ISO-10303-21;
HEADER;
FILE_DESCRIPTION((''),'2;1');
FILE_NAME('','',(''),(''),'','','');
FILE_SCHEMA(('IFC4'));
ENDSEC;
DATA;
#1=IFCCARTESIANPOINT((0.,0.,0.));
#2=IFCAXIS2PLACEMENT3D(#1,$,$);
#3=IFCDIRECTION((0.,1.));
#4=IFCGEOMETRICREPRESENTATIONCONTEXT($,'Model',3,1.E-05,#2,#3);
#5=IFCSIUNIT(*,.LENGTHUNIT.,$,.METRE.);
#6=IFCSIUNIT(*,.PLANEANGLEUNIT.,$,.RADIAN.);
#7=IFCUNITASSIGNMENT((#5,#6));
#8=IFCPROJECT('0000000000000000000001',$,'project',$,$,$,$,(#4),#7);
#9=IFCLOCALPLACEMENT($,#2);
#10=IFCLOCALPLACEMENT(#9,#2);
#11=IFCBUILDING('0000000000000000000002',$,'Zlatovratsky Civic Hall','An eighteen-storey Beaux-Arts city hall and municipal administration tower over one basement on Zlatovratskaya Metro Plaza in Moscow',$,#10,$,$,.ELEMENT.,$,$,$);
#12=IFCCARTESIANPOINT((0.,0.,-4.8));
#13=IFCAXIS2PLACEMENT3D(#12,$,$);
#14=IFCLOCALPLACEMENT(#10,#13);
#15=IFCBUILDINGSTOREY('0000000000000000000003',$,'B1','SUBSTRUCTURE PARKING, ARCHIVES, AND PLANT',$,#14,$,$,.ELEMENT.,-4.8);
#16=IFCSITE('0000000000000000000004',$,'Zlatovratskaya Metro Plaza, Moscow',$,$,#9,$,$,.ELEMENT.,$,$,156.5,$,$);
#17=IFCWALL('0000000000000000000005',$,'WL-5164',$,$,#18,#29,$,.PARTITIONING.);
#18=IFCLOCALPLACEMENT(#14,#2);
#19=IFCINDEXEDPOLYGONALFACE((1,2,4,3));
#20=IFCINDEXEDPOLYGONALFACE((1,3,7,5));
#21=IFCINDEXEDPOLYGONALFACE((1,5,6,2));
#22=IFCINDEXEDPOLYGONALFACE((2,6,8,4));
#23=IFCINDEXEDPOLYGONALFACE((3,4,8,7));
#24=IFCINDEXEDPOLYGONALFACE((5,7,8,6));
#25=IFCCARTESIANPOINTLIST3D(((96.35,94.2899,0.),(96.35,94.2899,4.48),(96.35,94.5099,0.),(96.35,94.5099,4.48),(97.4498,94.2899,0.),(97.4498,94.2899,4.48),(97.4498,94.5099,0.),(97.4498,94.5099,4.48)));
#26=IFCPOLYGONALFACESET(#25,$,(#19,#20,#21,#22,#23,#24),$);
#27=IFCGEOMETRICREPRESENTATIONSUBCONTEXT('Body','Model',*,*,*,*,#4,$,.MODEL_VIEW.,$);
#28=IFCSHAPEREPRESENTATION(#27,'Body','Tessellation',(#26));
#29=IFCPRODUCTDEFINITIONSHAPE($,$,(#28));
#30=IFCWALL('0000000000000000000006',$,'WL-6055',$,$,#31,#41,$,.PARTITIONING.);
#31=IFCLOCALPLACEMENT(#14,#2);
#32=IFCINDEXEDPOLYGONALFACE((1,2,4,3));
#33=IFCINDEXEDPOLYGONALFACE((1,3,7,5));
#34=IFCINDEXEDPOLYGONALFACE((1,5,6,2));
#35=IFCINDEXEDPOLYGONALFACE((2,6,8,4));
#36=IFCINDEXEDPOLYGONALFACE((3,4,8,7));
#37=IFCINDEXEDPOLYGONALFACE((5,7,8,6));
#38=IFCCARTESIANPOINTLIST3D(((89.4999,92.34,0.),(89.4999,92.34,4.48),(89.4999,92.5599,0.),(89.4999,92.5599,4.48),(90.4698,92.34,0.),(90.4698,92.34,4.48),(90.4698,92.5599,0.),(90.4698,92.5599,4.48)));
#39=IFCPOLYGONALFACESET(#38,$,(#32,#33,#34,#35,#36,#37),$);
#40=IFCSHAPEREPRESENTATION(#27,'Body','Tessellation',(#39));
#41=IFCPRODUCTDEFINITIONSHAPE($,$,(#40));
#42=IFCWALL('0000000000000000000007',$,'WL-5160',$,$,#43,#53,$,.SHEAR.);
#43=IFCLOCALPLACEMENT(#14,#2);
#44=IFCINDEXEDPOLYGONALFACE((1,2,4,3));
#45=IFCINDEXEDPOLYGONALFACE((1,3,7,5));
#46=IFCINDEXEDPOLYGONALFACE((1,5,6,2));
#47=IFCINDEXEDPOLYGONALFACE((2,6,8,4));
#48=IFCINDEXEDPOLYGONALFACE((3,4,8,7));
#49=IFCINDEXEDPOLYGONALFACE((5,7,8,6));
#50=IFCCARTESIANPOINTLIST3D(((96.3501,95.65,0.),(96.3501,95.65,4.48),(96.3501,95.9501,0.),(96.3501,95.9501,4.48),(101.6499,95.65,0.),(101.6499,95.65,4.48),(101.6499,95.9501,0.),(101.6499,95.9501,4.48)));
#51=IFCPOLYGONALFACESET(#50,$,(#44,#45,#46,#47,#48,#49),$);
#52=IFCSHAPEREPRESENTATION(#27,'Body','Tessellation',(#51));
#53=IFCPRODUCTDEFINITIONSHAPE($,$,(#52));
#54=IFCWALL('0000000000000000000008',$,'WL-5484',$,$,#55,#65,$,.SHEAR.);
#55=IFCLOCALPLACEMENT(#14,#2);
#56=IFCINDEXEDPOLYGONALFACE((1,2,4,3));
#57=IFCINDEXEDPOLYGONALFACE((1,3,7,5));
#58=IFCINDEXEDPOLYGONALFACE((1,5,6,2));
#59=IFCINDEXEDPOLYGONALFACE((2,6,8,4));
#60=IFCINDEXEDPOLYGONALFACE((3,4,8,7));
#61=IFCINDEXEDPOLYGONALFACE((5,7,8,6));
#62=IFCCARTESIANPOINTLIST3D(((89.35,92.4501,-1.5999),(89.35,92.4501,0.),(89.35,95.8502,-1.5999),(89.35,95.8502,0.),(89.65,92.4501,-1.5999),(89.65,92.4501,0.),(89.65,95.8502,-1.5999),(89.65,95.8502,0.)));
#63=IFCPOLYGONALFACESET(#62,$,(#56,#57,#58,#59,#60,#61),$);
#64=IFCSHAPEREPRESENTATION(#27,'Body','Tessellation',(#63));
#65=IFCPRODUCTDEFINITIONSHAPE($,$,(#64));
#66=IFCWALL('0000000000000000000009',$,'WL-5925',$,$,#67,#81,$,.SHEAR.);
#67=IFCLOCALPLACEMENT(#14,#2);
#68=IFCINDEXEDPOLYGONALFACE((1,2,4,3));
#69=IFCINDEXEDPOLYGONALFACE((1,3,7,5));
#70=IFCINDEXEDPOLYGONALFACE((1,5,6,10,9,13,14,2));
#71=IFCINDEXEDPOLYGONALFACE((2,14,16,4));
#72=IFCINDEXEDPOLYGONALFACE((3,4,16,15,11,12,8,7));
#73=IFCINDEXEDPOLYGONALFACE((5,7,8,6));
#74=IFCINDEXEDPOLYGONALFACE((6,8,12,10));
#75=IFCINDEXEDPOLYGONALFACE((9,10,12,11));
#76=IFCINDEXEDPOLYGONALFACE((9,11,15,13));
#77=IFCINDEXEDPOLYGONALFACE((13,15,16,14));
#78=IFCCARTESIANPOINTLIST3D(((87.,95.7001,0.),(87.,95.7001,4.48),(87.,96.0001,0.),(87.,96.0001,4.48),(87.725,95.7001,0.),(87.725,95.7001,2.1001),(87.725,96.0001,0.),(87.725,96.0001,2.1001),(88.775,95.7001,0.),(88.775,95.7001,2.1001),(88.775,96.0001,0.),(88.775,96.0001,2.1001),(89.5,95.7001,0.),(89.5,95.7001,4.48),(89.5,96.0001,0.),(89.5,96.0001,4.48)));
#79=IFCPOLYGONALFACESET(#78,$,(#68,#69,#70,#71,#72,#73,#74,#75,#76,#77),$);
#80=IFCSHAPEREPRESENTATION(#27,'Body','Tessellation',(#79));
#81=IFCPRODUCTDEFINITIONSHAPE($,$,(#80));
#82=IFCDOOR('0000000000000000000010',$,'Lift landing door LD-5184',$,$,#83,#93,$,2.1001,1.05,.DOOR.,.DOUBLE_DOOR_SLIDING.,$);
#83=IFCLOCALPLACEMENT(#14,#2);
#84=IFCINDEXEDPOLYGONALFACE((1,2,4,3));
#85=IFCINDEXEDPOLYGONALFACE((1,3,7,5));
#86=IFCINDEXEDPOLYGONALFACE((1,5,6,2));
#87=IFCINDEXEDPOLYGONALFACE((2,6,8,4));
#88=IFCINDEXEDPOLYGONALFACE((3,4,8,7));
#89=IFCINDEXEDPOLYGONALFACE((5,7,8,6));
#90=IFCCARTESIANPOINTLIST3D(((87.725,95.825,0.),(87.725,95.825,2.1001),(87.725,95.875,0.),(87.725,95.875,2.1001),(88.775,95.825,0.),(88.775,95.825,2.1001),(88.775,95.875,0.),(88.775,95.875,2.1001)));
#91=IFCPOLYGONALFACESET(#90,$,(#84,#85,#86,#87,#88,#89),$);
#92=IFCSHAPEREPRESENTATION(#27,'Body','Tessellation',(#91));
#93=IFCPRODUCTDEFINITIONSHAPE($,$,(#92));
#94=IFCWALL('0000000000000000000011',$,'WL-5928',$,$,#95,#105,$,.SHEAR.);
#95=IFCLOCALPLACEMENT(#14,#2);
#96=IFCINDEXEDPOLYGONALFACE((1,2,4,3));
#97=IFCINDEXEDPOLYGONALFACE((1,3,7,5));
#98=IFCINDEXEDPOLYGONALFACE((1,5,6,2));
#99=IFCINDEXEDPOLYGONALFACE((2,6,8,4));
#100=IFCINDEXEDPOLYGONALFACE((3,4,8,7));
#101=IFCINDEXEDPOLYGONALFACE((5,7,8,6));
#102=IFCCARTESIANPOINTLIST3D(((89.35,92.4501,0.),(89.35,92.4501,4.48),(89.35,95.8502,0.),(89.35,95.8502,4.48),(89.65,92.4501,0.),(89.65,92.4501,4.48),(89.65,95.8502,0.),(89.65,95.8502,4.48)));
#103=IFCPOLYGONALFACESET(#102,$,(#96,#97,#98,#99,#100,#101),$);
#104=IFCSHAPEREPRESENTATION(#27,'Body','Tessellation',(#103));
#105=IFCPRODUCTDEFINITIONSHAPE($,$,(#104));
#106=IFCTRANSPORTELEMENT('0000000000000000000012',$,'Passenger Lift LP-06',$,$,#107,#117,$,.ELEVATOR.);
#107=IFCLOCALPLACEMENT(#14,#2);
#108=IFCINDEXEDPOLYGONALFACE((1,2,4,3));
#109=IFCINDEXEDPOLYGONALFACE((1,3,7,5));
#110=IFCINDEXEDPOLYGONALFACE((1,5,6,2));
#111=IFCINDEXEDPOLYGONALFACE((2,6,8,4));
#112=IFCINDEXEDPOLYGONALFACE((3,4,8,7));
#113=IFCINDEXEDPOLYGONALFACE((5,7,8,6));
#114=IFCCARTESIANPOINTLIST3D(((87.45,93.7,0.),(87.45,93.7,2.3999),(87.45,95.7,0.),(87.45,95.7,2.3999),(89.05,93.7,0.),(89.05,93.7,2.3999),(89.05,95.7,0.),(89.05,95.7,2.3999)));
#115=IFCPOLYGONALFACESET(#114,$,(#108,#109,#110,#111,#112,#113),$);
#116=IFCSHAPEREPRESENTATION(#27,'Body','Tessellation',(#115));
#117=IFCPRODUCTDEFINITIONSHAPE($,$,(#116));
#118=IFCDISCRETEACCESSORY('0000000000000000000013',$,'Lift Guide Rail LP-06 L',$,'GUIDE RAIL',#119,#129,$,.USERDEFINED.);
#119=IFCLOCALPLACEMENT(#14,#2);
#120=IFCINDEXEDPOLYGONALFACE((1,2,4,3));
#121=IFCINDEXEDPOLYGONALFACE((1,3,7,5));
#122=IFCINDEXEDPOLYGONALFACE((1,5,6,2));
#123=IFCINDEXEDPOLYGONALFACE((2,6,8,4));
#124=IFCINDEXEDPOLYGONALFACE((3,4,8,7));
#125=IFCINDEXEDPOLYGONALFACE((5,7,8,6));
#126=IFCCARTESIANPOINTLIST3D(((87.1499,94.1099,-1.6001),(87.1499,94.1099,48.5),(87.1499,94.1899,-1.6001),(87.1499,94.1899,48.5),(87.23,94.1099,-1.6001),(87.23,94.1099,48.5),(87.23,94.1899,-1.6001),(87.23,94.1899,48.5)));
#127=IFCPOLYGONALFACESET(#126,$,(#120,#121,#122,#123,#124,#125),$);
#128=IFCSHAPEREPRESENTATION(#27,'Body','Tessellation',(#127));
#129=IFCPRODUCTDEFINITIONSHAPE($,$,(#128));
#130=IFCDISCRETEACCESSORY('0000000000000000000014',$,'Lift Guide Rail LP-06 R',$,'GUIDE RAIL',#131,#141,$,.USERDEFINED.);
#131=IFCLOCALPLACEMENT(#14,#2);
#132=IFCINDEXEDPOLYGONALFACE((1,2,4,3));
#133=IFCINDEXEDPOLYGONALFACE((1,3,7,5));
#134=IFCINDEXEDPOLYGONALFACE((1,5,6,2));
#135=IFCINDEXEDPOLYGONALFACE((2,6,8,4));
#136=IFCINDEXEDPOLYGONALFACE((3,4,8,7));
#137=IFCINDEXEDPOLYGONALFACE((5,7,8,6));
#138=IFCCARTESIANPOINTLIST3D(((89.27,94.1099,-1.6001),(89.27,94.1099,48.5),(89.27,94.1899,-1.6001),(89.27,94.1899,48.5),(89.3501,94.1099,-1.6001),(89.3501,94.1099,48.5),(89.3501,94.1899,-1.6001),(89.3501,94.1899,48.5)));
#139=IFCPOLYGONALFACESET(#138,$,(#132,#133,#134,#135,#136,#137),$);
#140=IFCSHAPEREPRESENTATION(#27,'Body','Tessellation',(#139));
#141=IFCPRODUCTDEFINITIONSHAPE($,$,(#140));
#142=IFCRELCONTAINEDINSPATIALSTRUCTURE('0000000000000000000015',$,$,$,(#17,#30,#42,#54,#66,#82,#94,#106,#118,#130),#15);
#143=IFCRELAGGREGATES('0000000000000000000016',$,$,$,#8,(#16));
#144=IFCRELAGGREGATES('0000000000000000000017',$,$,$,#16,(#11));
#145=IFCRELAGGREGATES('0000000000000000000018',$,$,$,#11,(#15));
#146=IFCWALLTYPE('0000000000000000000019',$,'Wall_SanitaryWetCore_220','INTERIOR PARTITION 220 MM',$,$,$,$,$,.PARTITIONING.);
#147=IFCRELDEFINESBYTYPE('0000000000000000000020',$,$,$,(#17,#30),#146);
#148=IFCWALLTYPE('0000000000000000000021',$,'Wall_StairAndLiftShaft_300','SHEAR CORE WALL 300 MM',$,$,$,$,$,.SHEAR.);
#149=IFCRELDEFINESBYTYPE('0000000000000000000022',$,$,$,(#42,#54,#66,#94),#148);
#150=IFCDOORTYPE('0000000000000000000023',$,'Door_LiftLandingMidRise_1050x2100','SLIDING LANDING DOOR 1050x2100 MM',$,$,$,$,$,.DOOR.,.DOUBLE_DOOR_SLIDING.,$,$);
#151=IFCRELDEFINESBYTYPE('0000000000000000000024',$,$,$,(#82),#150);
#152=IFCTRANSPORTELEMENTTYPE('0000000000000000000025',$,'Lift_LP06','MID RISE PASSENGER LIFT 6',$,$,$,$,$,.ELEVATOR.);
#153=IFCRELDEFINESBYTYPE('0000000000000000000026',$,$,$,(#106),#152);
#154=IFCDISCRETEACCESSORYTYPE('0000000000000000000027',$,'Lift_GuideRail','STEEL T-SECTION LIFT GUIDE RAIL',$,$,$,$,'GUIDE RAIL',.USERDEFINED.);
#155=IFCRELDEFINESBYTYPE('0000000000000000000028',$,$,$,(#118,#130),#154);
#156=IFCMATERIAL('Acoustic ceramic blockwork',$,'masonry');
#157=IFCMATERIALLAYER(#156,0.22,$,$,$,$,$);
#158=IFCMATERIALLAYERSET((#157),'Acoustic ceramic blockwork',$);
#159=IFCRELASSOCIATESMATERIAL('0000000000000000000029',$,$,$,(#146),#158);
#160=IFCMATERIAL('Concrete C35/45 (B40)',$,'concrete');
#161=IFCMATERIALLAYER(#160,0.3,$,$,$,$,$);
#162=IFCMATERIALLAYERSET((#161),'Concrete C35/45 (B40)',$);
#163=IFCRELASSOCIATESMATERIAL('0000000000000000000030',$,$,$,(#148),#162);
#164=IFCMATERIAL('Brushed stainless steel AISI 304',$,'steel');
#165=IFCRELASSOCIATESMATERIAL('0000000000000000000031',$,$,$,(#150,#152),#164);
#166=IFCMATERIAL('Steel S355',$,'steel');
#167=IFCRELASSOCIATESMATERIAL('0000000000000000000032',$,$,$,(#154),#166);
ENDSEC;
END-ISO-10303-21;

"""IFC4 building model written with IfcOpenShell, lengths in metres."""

from ifc_helpers import new_model, si_unit, direction, frame, frame_2d, origin, origin_2d, place, context, subcontext, project, spatial, rectangle, extrude, material, layer, layer_set, type_object, element, fill, save


model = new_model("IFC4")

# Units and contexts
model_context = context("Model", 3, precision=1e-05, world=origin(), true_north=direction((0.0, 1.0)))
body_context = subcontext(model_context, "Body", "Model", "MODEL_VIEW")
ifc_project = project(units=[si_unit("LENGTHUNIT", "METRE"), si_unit("PLANEANGLEUNIT", "RADIAN")], contexts=[model_context])

# Site, building, storey
site_placement = place(None, origin())
site = spatial("IfcSite", under=ifc_project, at=site_placement, Name="Zlatovratskaya Metro Plaza, Moscow", CompositionType="ELEMENT", RefElevation=156.5)
building_placement = place(site_placement, origin())
building = spatial("IfcBuilding", under=site, at=building_placement, Name="Zlatovratsky Civic Hall", Description="An eighteen-storey Beaux-Arts city hall and municipal administration tower over one basement on Zlatovratskaya Metro Plaza in Moscow", CompositionType="ELEMENT")
storey_placement = place(building_placement, frame((0.0, 0.0, -4.8)))
storey = spatial("IfcBuildingStorey", under=building, at=storey_placement, Name="B1", Description="SUBSTRUCTURE PARKING, ARCHIVES, AND PLANT", CompositionType="ELEMENT", Elevation=-4.8)

# Shared definitions
ifc_material_1 = material(Name="Concrete C35/45 (B40)", Category="concrete")
ifc_material_2 = material(Name="Steel S355", Category="steel")

# Walls
ifc_material_3 = material(Name="Acoustic ceramic blockwork", Category="masonry")
ifc_layer_1 = layer(ifc_material_3, 0.22)
ifc_layer_set_1 = layer_set([ifc_layer_1], Name="Acoustic ceramic blockwork")
wall_type_1 = type_object("IfcWallType", Name="Wall_SanitaryWetCore_220", Description="INTERIOR PARTITION 220 MM", PredefinedType="PARTITIONING", material=ifc_layer_set_1)
wall_1_placement = place(storey_placement, frame((96.3501, 94.3999, 0.0), z_axis=(0.0, 0.0, 1.0), x_axis=(1.0, 0.0, 0.0)))
element("IfcWall", 1, at=wall_1_placement, inside=storey, type_object=wall_type_1, Name="WL-5164", PredefinedType="PARTITIONING", context=body_context, shape_type="SweptSolid", body=[
    extrude(rectangle(XDim=1.0999, YDim=0.22, at=frame_2d((0.5498, 0.0))), origin(), (0.0, 0.0, 1.0), 4.48),
])
wall_2_placement = place(storey_placement, frame((89.5, 92.45, 0.0), z_axis=(0.0, 0.0, 1.0), x_axis=(1.0, 0.0, 0.0)))
element("IfcWall", 2, at=wall_2_placement, inside=storey, type_object=wall_type_1, Name="WL-6055", PredefinedType="PARTITIONING", context=body_context, shape_type="SweptSolid", body=[
    extrude(rectangle(XDim=0.97, YDim=0.22, at=frame_2d((0.4849, 0.0))), origin(), (0.0, 0.0, 1.0), 4.48),
])
ifc_layer_2 = layer(ifc_material_1, 0.3)
ifc_layer_set_2 = layer_set([ifc_layer_2], Name="Concrete C35/45 (B40)")
wall_type_2 = type_object("IfcWallType", Name="Wall_StairAndLiftShaft_300", Description="SHEAR CORE WALL 300 MM", PredefinedType="SHEAR", material=ifc_layer_set_2)
wall_3_placement = place(storey_placement, frame((96.3501, 95.8, 0.0), z_axis=(0.0, 0.0, 1.0), x_axis=(1.0, 0.0, 0.0)))
element("IfcWall", 3, at=wall_3_placement, inside=storey, type_object=wall_type_2, Name="WL-5160", PredefinedType="SHEAR", context=body_context, shape_type="SweptSolid", body=[
    extrude(rectangle(XDim=5.2998, YDim=0.3, at=frame_2d((2.6499, 0.0))), origin(), (0.0, 0.0, 1.0), 4.48),
])
wall_4_placement = place(storey_placement, frame((89.5, 92.45, -1.5999), z_axis=(0.0, 0.0, 1.0), x_axis=(0.0, 1.0, 0.0)))
element("IfcWall", 4, at=wall_4_placement, inside=storey, type_object=wall_type_2, Name="WL-5484", PredefinedType="SHEAR", context=body_context, shape_type="SweptSolid", body=[
    extrude(rectangle(XDim=3.4001, YDim=0.3, at=frame_2d((1.7002, 0.0))), origin(), (0.0, 0.0, 1.0), 1.5999),
])

# Wall, opening, door
wall_5_placement = place(storey_placement, frame((87.0, 95.8501, 0.0), z_axis=(0.0, 0.0, 1.0), x_axis=(1.0, 0.0, 0.0)))
wall_5 = element("IfcWall", 5, at=wall_5_placement, inside=storey, type_object=wall_type_2, Name="WL-5925", PredefinedType="SHEAR", context=body_context, shape_type="SweptSolid", body=[
    extrude(rectangle(XDim=2.5, YDim=0.3, at=frame_2d((1.25, 0.0))), origin(), (0.0, 0.0, 1.0), 4.48),
])
opening_placement = place(wall_5_placement, frame((0.7251, 0.0, 0.0)))
opening = element("IfcOpeningElement", 6, at=opening_placement, cuts=wall_5, PredefinedType="OPENING", context=body_context, shape_type="SweptSolid", body=[
    extrude(rectangle(XDim=1.05, YDim=2.1001, at=frame_2d((0.5249, 1.05))), frame((0.0, 0.165, 0.0), z_axis=(0.0, -1.0, 0.0), x_axis=(1.0, 0.0, 0.0)), (0.0, 0.0, 1.0), 0.3298),
])
ifc_material_4 = material(Name="Brushed stainless steel AISI 304", Category="steel")
door_type = type_object("IfcDoorType", Name="Door_LiftLandingMidRise_1050x2100", Description="SLIDING LANDING DOOR 1050x2100 MM", OperationType="DOUBLE_DOOR_SLIDING", PredefinedType="DOOR", material=ifc_material_4)
door_placement = place(opening_placement, origin())
door = element("IfcDoor", 7, at=door_placement, inside=storey, type_object=door_type, Name="Lift landing door LD-5184", OperationType="DOUBLE_DOOR_SLIDING", OverallHeight=2.1001, OverallWidth=1.05, PredefinedType="DOOR", context=body_context, shape_type="SweptSolid", body=[
    extrude(rectangle(XDim=1.05, YDim=2.1001, at=frame_2d((0.5249, 1.05))), frame((0.0, 0.0249, 0.0), z_axis=(0.0, -1.0, 0.0), x_axis=(1.0, 0.0, 0.0)), (0.0, 0.0, 1.0), 0.05),
])
fill(opening, door)

# Wall
wall_6_placement = place(storey_placement, frame((89.5, 92.45, 0.0), z_axis=(0.0, 0.0, 1.0), x_axis=(0.0, 1.0, 0.0)))
element("IfcWall", 8, at=wall_6_placement, inside=storey, type_object=wall_type_2, Name="WL-5928", PredefinedType="SHEAR", context=body_context, shape_type="SweptSolid", body=[
    extrude(rectangle(XDim=3.4001, YDim=0.3, at=frame_2d((1.7002, 0.0))), origin(), (0.0, 0.0, 1.0), 4.48),
])

# Transport element
transport_element_type = type_object("IfcTransportElementType", Name="Lift_LP06", Description="MID RISE PASSENGER LIFT 6", PredefinedType="ELEVATOR", material=ifc_material_4)
transport_element_placement = place(storey_placement, frame((88.25, 94.7, 0.0), z_axis=(0.0, 0.0, 1.0), x_axis=(1.0, 0.0, 0.0)))
element("IfcTransportElement", 9, at=transport_element_placement, inside=storey, type_object=transport_element_type, Name="Passenger Lift LP-06", PredefinedType="ELEVATOR", context=body_context, shape_type="SweptSolid", body=[
    extrude(rectangle(XDim=1.6001, YDim=2.0, at=origin_2d()), origin(), (0.0, 0.0, 1.0), 2.3999),
])

# Discrete accessories
discrete_accessory_type = type_object("IfcDiscreteAccessoryType", Name="Lift_GuideRail", Description="STEEL T-SECTION LIFT GUIDE RAIL", ElementType="GUIDE RAIL", PredefinedType="USERDEFINED", material=ifc_material_2)
for number, where, z_axis, x_axis, name in (
    (10, (87.1899, 94.1499, -1.6001), (0.0, 0.0, 1.0), (1.0, 0.0, 0.0), "Lift Guide Rail LP-06 L"),
    (11, (89.3101, 94.1499, -1.6001), (0.0, 0.0, 1.0), (1.0, 0.0, 0.0), "Lift Guide Rail LP-06 R"),
):
    element("IfcDiscreteAccessory", number, at=place(storey_placement, frame(where, z_axis=z_axis, x_axis=x_axis)), inside=storey, type_object=discrete_accessory_type, Name=name, ObjectType="GUIDE RAIL", PredefinedType="USERDEFINED", context=body_context, shape_type="SweptSolid", body=[
        extrude(rectangle(XDim=0.0801, YDim=0.0801, at=origin_2d()), origin(), (0.0, 0.0, 1.0), 50.1001),
    ])

save(model, "model.ifc")
